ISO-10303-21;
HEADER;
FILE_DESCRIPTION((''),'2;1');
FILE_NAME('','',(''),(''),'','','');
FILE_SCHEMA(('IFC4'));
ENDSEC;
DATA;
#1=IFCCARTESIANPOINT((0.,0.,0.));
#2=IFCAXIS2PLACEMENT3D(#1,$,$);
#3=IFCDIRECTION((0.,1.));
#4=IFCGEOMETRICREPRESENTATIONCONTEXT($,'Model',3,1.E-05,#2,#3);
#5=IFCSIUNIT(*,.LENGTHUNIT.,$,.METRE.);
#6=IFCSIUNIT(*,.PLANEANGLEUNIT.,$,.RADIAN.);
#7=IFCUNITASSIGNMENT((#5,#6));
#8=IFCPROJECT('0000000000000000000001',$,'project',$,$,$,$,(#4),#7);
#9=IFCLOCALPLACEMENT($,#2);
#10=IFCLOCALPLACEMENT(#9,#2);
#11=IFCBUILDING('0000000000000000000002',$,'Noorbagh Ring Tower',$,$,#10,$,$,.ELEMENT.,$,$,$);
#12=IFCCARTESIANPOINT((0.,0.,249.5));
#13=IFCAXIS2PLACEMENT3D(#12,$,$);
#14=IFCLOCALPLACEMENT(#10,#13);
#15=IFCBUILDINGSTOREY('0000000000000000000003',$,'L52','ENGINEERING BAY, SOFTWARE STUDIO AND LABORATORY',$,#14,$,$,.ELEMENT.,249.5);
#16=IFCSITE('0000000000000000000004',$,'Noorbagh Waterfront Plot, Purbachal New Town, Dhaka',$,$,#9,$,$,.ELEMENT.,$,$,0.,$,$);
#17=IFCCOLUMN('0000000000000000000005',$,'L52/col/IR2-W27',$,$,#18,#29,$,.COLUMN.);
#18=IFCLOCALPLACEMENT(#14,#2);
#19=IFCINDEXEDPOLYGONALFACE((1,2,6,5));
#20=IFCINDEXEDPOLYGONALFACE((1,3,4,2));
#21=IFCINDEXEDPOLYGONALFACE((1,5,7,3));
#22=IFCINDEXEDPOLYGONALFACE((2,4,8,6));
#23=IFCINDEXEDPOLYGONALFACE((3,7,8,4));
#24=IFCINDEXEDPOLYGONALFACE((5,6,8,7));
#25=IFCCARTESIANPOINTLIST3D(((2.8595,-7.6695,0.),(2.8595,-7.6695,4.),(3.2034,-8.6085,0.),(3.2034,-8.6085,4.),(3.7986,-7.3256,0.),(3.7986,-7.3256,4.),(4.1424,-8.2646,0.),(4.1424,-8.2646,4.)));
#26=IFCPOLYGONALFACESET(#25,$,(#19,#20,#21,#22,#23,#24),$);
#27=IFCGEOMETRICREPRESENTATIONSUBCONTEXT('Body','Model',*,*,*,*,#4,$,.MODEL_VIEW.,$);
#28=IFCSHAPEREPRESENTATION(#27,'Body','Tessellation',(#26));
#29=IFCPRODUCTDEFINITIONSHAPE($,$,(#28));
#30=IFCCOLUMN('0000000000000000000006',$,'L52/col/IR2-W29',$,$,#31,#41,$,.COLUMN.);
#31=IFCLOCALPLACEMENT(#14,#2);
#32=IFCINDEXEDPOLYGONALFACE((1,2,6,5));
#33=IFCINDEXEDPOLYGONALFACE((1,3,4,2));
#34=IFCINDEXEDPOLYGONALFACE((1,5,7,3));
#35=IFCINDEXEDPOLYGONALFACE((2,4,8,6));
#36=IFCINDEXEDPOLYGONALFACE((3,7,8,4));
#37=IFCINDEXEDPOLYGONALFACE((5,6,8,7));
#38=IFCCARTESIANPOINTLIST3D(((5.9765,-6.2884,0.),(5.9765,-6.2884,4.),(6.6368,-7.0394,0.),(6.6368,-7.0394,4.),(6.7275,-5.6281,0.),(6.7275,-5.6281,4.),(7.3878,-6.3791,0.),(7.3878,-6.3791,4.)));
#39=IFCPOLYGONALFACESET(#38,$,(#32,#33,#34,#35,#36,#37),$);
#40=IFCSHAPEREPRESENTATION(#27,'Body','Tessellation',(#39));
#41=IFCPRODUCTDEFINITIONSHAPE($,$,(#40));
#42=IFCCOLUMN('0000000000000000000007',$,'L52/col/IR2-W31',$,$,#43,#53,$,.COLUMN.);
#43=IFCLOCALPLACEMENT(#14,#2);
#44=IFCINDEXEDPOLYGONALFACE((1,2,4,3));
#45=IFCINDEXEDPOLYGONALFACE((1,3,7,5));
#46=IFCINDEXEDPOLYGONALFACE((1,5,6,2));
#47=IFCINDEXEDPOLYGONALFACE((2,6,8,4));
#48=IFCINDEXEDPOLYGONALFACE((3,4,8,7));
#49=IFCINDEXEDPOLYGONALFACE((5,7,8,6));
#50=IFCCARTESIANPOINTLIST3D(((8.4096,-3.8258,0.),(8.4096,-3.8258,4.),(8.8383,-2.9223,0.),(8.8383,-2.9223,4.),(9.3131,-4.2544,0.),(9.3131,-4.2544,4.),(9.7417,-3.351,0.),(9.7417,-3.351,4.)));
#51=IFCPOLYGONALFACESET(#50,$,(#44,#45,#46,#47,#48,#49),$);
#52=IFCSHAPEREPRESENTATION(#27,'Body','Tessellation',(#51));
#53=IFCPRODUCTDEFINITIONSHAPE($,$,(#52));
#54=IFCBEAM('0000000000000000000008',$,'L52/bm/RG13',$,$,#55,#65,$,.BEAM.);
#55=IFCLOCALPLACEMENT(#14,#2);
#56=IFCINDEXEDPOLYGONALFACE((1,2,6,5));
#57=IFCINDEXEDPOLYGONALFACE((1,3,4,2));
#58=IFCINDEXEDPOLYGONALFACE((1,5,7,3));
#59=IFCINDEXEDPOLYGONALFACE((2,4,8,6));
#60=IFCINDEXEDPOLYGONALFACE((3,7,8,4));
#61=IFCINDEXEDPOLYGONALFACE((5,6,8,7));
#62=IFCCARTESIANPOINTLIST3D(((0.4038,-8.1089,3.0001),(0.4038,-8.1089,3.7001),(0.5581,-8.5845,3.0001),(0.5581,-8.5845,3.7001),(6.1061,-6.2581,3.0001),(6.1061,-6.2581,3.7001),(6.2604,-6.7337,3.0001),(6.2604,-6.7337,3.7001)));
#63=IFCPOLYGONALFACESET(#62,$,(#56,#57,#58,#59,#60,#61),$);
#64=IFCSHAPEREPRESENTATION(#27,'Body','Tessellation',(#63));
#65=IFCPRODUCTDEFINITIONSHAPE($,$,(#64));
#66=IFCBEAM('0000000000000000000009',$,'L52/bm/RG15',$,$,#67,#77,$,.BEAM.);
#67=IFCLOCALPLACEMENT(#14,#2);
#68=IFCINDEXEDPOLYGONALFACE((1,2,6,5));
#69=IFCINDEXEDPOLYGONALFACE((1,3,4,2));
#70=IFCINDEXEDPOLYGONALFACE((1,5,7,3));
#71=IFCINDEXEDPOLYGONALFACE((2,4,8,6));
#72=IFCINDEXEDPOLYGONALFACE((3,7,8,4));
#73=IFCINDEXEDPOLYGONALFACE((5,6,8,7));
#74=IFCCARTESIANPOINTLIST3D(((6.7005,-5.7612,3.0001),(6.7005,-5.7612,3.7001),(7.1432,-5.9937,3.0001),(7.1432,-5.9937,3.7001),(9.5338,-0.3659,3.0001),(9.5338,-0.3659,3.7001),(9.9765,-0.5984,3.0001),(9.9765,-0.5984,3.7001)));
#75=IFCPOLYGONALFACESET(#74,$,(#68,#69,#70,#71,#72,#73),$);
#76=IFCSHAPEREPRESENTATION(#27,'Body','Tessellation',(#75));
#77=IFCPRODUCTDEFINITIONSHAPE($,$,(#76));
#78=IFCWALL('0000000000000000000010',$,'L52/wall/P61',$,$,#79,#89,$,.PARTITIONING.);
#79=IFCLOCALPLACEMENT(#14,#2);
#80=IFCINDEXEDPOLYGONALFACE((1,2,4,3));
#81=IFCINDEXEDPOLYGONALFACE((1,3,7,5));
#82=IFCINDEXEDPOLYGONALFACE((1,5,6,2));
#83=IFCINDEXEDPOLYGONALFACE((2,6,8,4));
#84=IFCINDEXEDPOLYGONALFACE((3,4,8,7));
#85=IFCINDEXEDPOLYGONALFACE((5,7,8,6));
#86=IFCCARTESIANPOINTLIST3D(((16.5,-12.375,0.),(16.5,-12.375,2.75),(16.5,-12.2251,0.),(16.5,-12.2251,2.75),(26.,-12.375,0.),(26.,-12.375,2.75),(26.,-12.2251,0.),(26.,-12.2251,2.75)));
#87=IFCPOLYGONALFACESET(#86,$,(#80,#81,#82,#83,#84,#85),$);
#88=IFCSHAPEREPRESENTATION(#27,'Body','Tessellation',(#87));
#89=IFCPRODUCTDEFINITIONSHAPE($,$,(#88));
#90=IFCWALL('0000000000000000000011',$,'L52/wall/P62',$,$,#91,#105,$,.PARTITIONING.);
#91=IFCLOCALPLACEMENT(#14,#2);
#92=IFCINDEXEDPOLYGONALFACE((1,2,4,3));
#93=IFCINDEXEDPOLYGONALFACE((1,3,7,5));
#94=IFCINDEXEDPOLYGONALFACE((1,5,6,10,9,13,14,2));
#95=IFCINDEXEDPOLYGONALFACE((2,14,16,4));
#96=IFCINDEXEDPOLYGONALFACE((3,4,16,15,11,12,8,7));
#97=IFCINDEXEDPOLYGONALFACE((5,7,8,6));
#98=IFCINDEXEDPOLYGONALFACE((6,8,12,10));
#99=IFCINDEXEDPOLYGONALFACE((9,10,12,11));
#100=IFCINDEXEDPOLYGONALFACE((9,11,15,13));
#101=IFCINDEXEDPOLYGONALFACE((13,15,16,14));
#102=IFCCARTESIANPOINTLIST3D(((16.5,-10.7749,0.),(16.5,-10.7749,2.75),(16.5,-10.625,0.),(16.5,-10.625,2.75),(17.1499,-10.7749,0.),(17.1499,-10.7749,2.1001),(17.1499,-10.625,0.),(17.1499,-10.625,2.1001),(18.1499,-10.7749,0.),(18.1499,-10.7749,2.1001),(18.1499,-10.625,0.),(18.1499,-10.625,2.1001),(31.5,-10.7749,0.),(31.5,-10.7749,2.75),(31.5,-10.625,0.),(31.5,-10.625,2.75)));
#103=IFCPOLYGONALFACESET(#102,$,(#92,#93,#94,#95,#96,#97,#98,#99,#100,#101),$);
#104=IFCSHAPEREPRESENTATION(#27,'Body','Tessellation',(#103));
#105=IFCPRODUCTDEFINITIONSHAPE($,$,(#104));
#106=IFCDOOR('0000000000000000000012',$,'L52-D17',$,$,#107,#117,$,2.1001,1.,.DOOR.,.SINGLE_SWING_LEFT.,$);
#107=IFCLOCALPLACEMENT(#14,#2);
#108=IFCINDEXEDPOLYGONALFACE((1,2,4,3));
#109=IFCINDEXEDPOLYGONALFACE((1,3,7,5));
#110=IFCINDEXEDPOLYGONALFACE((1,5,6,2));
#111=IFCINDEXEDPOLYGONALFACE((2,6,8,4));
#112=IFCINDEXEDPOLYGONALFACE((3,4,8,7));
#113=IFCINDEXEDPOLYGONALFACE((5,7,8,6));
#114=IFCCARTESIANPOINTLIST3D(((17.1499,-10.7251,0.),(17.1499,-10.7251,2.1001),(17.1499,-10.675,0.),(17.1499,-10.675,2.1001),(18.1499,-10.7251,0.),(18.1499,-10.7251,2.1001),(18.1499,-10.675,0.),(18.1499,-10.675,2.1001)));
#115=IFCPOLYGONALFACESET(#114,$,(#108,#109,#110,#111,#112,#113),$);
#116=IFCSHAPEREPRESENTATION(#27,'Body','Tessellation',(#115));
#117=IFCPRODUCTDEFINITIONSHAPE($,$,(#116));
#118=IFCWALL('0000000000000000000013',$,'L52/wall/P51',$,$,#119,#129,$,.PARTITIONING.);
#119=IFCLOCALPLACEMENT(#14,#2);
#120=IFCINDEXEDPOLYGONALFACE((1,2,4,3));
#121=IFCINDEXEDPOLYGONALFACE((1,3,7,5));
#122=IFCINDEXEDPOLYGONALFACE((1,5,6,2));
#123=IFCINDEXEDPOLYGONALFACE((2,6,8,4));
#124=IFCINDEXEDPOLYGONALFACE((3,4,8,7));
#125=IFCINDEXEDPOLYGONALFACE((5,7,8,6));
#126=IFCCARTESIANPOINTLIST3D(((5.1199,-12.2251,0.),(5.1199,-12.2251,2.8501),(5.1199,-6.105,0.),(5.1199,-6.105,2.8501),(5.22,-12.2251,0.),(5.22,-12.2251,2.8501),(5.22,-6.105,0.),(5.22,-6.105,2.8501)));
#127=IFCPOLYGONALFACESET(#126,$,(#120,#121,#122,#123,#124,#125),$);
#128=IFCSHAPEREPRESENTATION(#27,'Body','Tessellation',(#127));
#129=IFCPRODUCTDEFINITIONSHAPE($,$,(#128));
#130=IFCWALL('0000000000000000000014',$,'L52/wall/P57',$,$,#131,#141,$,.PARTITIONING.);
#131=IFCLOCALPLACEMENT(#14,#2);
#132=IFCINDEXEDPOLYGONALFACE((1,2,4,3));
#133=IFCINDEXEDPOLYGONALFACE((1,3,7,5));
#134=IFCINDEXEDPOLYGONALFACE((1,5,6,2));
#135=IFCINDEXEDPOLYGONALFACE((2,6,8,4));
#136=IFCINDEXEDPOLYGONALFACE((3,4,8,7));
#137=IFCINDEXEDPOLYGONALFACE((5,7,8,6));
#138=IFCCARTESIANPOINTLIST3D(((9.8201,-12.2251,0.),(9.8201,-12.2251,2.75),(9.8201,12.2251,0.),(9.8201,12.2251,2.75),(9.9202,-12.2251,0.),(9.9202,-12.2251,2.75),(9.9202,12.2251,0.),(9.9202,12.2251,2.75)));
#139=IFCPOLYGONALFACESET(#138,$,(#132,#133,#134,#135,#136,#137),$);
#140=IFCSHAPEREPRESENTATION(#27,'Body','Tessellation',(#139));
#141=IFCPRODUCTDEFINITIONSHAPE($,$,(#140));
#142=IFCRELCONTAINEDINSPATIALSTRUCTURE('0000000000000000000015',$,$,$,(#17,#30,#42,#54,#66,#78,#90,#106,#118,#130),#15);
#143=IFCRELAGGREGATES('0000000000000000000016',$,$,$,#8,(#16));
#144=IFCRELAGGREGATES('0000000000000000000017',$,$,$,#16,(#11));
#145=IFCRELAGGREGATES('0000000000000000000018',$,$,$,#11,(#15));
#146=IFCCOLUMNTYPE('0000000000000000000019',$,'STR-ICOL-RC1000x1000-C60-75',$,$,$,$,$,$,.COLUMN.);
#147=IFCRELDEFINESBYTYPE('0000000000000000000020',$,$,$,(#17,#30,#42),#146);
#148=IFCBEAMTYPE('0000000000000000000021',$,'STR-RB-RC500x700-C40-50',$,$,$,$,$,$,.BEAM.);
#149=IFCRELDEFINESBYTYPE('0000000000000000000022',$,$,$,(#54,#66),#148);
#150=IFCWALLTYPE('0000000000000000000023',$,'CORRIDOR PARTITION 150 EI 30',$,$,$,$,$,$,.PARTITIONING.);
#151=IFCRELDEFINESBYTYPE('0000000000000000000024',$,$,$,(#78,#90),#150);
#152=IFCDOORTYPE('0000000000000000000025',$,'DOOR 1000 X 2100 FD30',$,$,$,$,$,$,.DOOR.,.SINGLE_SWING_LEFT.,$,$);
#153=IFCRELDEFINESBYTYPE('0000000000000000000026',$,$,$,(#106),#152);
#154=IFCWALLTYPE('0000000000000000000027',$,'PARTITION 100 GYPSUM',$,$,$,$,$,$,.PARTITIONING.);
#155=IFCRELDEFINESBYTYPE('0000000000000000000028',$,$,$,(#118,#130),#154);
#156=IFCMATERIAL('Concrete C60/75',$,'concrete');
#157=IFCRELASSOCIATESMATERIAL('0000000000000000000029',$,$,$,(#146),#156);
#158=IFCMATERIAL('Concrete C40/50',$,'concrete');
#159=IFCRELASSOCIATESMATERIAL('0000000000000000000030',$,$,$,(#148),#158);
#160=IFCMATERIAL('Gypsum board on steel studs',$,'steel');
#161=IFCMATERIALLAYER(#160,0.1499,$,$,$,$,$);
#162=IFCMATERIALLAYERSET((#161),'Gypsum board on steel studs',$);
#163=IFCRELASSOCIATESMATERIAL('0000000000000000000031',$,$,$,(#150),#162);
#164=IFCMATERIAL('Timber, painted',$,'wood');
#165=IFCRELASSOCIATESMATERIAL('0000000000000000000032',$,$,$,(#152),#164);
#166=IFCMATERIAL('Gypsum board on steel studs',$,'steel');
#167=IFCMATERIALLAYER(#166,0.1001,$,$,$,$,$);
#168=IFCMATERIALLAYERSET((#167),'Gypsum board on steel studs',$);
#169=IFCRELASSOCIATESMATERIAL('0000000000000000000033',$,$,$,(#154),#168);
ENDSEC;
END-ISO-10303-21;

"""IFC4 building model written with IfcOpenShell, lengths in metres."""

from ifc_helpers import new_model, si_unit, direction, frame, frame_2d, origin, origin_2d, place, context, subcontext, project, spatial, rectangle, extrude, material, layer, layer_set, material_profile, profile_set, type_object, element, fill, save


model = new_model("IFC4")

# Units and contexts
model_context = context("Model", 3, precision=1e-05, world=origin(), true_north=direction((0.0, 1.0)))
body_context = subcontext(model_context, "Body", "Model", "MODEL_VIEW")
ifc_project = project(units=[si_unit("LENGTHUNIT", "METRE"), si_unit("PLANEANGLEUNIT", "RADIAN")], contexts=[model_context])

# Site, building, storey
site_placement = place(None, origin())
site = spatial("IfcSite", under=ifc_project, at=site_placement, Name="Noorbagh Waterfront Plot, Purbachal New Town, Dhaka", CompositionType="ELEMENT", RefElevation=0.0)
building_placement = place(site_placement, origin())
building = spatial("IfcBuilding", under=site, at=building_placement, Name="Noorbagh Ring Tower", CompositionType="ELEMENT")
storey_placement = place(building_placement, frame((0.0, 0.0, 249.5)))
storey = spatial("IfcBuildingStorey", under=building, at=storey_placement, Name="L52", Description="ENGINEERING BAY, SOFTWARE STUDIO AND LABORATORY", CompositionType="ELEMENT", Elevation=249.5)

# Columns
ifc_material_1 = material(Name="Concrete C60/75", Category="concrete")
ifc_material_profile_1 = material_profile(ifc_material_1, rectangle(XDim=1.0, YDim=1.0, at=origin_2d()), Name="RC1000x1000")
ifc_profile_set_1 = profile_set([ifc_material_profile_1], Name="Concrete C60/75")
column_type = type_object("IfcColumnType", Name="STR-ICOL-RC1000x1000-C60-75", PredefinedType="COLUMN", material=ifc_profile_set_1)
for number, where, z_axis, x_axis, name in (
    (1, (3.501, -7.967, 0.0), (0.0, 0.0, 1.0), (0.93902, 0.343864, 0.0), "L52/col/IR2-W27"),
    (2, (6.6821, -6.3337, 0.0), (0.0, 0.0, 1.0), (0.751022, 0.660277, 0.0), "L52/col/IR2-W29"),
    (3, (9.0757, -3.5884, 0.0), (0.0, 0.0, 1.0), (0.428667, 0.903463, 0.0), "L52/col/IR2-W31"),
):
    element("IfcColumn", number, at=place(storey_placement, frame(where, z_axis=z_axis, x_axis=x_axis)), inside=storey, type_object=column_type, Name=name, PredefinedType="COLUMN", context=body_context, shape_type="SweptSolid", body=[
        extrude(rectangle(XDim=1.0, YDim=1.0, at=origin_2d()), origin(), (0.0, 0.0, 1.0), 4.0),
    ])

# Beams
ifc_material_2 = material(Name="Concrete C40/50", Category="concrete")
ifc_material_profile_2 = material_profile(ifc_material_2, rectangle(XDim=0.5, YDim=0.7, at=origin_2d()), Name="RC500x700")
ifc_profile_set_2 = profile_set([ifc_material_profile_2], Name="Concrete C40/50")
beam_type = type_object("IfcBeamType", Name="STR-RB-RC500x700-C40-50", PredefinedType="BEAM", material=ifc_profile_set_2)
beam_1_placement = place(storey_placement, frame((0.481, -8.3467, 3.3501), z_axis=(0.951154, 0.308717, 0.0), x_axis=(-0.308717, 0.951154, 0.0)))
element("IfcBeam", 4, at=beam_1_placement, inside=storey, type_object=beam_type, Name="L52/bm/RG13", PredefinedType="BEAM", context=body_context, shape_type="SweptSolid", body=[
    extrude(rectangle(XDim=0.5, YDim=0.7, at=origin_2d()), origin(), (0.0, 0.0, 1.0), 5.9951),
])
beam_2_placement = place(storey_placement, frame((6.9219, -5.8774, 3.3501), z_axis=(0.464929, 0.885348, 0.0), x_axis=(-0.885348, 0.464929, 0.0)))
element("IfcBeam", 5, at=beam_2_placement, inside=storey, type_object=beam_type, Name="L52/bm/RG15", PredefinedType="BEAM", context=body_context, shape_type="SweptSolid", body=[
    extrude(rectangle(XDim=0.5, YDim=0.7, at=origin_2d()), origin(), (0.0, 0.0, 1.0), 6.094),
])

# Wall
ifc_material_3 = material(Name="Gypsum board on steel studs", Category="steel")
ifc_layer_1 = layer(ifc_material_3, 0.1499)
ifc_layer_set_1 = layer_set([ifc_layer_1], Name="Gypsum board on steel studs")
wall_type_1 = type_object("IfcWallType", Name="CORRIDOR PARTITION 150 EI 30", PredefinedType="PARTITIONING", material=ifc_layer_set_1)
wall_1_placement = place(storey_placement, frame((16.5, -12.3, 0.0), z_axis=(0.0, 0.0, 1.0), x_axis=(1.0, 0.0, 0.0)))
element("IfcWall", 6, at=wall_1_placement, inside=storey, type_object=wall_type_1, Name="L52/wall/P61", PredefinedType="PARTITIONING", context=body_context, shape_type="SweptSolid", body=[
    extrude(rectangle(XDim=9.5, YDim=0.1499, at=frame_2d((4.75, 0.0))), origin(), (0.0, 0.0, 1.0), 2.75),
])

# Wall, opening, door
wall_2_placement = place(storey_placement, frame((16.5, -10.7, 0.0), z_axis=(0.0, 0.0, 1.0), x_axis=(1.0, 0.0, 0.0)))
wall_2 = element("IfcWall", 7, at=wall_2_placement, inside=storey, type_object=wall_type_1, Name="L52/wall/P62", PredefinedType="PARTITIONING", context=body_context, shape_type="SweptSolid", body=[
    extrude(rectangle(XDim=15.0, YDim=0.1499, at=frame_2d((7.5, 0.0))), origin(), (0.0, 0.0, 1.0), 2.75),
])
opening_placement = place(wall_2_placement, frame((0.6499, 0.0, 0.0)))
opening = element("IfcOpeningElement", 8, at=opening_placement, cuts=wall_2, PredefinedType="OPENING", context=body_context, shape_type="SweptSolid", body=[
    extrude(rectangle(XDim=1.0, YDim=2.1001, at=frame_2d((0.5, 1.05))), frame((0.0, 0.085, 0.0), z_axis=(0.0, -1.0, 0.0), x_axis=(1.0, 0.0, 0.0)), (0.0, 0.0, 1.0), 0.1699),
])
ifc_material_4 = material(Name="Timber, painted", Category="wood")
door_type = type_object("IfcDoorType", Name="DOOR 1000 X 2100 FD30", OperationType="SINGLE_SWING_LEFT", PredefinedType="DOOR", material=ifc_material_4)
door_placement = place(opening_placement, origin())
door = element("IfcDoor", 9, at=door_placement, inside=storey, type_object=door_type, Name="L52-D17", OperationType="SINGLE_SWING_LEFT", OverallHeight=2.1001, OverallWidth=1.0, PredefinedType="DOOR", context=body_context, shape_type="SweptSolid", body=[
    extrude(rectangle(XDim=1.0, YDim=2.1001, at=frame_2d((0.5, 1.05))), frame((0.0, 0.0249, 0.0), z_axis=(0.0, -1.0, 0.0), x_axis=(1.0, 0.0, 0.0)), (0.0, 0.0, 1.0), 0.05),
])
fill(opening, door)

# Walls
ifc_material_5 = material(Name="Gypsum board on steel studs", Category="steel")
ifc_layer_2 = layer(ifc_material_5, 0.1001)
ifc_layer_set_2 = layer_set([ifc_layer_2], Name="Gypsum board on steel studs")
wall_type_2 = type_object("IfcWallType", Name="PARTITION 100 GYPSUM", PredefinedType="PARTITIONING", material=ifc_layer_set_2)
wall_3_placement = place(storey_placement, frame((5.1699, -12.2251, 0.0), z_axis=(0.0, 0.0, 1.0), x_axis=(0.0, 1.0, 0.0)))
element("IfcWall", 10, at=wall_3_placement, inside=storey, type_object=wall_type_2, Name="L52/wall/P51", PredefinedType="PARTITIONING", context=body_context, shape_type="SweptSolid", body=[
    extrude(rectangle(XDim=6.1201, YDim=0.1001, at=frame_2d((3.0601, 0.0))), origin(), (0.0, 0.0, 1.0), 2.8501),
])
wall_4_placement = place(storey_placement, frame((9.8701, -12.2251, 0.0), z_axis=(0.0, 0.0, 1.0), x_axis=(0.0, 1.0, 0.0)))
element("IfcWall", 11, at=wall_4_placement, inside=storey, type_object=wall_type_2, Name="L52/wall/P57", PredefinedType="PARTITIONING", context=body_context, shape_type="SweptSolid", body=[
    extrude(rectangle(XDim=24.4502, YDim=0.1001, at=frame_2d((12.2251, 0.0))), origin(), (0.0, 0.0, 1.0), 2.75),
])

save(model, "model.ifc")
